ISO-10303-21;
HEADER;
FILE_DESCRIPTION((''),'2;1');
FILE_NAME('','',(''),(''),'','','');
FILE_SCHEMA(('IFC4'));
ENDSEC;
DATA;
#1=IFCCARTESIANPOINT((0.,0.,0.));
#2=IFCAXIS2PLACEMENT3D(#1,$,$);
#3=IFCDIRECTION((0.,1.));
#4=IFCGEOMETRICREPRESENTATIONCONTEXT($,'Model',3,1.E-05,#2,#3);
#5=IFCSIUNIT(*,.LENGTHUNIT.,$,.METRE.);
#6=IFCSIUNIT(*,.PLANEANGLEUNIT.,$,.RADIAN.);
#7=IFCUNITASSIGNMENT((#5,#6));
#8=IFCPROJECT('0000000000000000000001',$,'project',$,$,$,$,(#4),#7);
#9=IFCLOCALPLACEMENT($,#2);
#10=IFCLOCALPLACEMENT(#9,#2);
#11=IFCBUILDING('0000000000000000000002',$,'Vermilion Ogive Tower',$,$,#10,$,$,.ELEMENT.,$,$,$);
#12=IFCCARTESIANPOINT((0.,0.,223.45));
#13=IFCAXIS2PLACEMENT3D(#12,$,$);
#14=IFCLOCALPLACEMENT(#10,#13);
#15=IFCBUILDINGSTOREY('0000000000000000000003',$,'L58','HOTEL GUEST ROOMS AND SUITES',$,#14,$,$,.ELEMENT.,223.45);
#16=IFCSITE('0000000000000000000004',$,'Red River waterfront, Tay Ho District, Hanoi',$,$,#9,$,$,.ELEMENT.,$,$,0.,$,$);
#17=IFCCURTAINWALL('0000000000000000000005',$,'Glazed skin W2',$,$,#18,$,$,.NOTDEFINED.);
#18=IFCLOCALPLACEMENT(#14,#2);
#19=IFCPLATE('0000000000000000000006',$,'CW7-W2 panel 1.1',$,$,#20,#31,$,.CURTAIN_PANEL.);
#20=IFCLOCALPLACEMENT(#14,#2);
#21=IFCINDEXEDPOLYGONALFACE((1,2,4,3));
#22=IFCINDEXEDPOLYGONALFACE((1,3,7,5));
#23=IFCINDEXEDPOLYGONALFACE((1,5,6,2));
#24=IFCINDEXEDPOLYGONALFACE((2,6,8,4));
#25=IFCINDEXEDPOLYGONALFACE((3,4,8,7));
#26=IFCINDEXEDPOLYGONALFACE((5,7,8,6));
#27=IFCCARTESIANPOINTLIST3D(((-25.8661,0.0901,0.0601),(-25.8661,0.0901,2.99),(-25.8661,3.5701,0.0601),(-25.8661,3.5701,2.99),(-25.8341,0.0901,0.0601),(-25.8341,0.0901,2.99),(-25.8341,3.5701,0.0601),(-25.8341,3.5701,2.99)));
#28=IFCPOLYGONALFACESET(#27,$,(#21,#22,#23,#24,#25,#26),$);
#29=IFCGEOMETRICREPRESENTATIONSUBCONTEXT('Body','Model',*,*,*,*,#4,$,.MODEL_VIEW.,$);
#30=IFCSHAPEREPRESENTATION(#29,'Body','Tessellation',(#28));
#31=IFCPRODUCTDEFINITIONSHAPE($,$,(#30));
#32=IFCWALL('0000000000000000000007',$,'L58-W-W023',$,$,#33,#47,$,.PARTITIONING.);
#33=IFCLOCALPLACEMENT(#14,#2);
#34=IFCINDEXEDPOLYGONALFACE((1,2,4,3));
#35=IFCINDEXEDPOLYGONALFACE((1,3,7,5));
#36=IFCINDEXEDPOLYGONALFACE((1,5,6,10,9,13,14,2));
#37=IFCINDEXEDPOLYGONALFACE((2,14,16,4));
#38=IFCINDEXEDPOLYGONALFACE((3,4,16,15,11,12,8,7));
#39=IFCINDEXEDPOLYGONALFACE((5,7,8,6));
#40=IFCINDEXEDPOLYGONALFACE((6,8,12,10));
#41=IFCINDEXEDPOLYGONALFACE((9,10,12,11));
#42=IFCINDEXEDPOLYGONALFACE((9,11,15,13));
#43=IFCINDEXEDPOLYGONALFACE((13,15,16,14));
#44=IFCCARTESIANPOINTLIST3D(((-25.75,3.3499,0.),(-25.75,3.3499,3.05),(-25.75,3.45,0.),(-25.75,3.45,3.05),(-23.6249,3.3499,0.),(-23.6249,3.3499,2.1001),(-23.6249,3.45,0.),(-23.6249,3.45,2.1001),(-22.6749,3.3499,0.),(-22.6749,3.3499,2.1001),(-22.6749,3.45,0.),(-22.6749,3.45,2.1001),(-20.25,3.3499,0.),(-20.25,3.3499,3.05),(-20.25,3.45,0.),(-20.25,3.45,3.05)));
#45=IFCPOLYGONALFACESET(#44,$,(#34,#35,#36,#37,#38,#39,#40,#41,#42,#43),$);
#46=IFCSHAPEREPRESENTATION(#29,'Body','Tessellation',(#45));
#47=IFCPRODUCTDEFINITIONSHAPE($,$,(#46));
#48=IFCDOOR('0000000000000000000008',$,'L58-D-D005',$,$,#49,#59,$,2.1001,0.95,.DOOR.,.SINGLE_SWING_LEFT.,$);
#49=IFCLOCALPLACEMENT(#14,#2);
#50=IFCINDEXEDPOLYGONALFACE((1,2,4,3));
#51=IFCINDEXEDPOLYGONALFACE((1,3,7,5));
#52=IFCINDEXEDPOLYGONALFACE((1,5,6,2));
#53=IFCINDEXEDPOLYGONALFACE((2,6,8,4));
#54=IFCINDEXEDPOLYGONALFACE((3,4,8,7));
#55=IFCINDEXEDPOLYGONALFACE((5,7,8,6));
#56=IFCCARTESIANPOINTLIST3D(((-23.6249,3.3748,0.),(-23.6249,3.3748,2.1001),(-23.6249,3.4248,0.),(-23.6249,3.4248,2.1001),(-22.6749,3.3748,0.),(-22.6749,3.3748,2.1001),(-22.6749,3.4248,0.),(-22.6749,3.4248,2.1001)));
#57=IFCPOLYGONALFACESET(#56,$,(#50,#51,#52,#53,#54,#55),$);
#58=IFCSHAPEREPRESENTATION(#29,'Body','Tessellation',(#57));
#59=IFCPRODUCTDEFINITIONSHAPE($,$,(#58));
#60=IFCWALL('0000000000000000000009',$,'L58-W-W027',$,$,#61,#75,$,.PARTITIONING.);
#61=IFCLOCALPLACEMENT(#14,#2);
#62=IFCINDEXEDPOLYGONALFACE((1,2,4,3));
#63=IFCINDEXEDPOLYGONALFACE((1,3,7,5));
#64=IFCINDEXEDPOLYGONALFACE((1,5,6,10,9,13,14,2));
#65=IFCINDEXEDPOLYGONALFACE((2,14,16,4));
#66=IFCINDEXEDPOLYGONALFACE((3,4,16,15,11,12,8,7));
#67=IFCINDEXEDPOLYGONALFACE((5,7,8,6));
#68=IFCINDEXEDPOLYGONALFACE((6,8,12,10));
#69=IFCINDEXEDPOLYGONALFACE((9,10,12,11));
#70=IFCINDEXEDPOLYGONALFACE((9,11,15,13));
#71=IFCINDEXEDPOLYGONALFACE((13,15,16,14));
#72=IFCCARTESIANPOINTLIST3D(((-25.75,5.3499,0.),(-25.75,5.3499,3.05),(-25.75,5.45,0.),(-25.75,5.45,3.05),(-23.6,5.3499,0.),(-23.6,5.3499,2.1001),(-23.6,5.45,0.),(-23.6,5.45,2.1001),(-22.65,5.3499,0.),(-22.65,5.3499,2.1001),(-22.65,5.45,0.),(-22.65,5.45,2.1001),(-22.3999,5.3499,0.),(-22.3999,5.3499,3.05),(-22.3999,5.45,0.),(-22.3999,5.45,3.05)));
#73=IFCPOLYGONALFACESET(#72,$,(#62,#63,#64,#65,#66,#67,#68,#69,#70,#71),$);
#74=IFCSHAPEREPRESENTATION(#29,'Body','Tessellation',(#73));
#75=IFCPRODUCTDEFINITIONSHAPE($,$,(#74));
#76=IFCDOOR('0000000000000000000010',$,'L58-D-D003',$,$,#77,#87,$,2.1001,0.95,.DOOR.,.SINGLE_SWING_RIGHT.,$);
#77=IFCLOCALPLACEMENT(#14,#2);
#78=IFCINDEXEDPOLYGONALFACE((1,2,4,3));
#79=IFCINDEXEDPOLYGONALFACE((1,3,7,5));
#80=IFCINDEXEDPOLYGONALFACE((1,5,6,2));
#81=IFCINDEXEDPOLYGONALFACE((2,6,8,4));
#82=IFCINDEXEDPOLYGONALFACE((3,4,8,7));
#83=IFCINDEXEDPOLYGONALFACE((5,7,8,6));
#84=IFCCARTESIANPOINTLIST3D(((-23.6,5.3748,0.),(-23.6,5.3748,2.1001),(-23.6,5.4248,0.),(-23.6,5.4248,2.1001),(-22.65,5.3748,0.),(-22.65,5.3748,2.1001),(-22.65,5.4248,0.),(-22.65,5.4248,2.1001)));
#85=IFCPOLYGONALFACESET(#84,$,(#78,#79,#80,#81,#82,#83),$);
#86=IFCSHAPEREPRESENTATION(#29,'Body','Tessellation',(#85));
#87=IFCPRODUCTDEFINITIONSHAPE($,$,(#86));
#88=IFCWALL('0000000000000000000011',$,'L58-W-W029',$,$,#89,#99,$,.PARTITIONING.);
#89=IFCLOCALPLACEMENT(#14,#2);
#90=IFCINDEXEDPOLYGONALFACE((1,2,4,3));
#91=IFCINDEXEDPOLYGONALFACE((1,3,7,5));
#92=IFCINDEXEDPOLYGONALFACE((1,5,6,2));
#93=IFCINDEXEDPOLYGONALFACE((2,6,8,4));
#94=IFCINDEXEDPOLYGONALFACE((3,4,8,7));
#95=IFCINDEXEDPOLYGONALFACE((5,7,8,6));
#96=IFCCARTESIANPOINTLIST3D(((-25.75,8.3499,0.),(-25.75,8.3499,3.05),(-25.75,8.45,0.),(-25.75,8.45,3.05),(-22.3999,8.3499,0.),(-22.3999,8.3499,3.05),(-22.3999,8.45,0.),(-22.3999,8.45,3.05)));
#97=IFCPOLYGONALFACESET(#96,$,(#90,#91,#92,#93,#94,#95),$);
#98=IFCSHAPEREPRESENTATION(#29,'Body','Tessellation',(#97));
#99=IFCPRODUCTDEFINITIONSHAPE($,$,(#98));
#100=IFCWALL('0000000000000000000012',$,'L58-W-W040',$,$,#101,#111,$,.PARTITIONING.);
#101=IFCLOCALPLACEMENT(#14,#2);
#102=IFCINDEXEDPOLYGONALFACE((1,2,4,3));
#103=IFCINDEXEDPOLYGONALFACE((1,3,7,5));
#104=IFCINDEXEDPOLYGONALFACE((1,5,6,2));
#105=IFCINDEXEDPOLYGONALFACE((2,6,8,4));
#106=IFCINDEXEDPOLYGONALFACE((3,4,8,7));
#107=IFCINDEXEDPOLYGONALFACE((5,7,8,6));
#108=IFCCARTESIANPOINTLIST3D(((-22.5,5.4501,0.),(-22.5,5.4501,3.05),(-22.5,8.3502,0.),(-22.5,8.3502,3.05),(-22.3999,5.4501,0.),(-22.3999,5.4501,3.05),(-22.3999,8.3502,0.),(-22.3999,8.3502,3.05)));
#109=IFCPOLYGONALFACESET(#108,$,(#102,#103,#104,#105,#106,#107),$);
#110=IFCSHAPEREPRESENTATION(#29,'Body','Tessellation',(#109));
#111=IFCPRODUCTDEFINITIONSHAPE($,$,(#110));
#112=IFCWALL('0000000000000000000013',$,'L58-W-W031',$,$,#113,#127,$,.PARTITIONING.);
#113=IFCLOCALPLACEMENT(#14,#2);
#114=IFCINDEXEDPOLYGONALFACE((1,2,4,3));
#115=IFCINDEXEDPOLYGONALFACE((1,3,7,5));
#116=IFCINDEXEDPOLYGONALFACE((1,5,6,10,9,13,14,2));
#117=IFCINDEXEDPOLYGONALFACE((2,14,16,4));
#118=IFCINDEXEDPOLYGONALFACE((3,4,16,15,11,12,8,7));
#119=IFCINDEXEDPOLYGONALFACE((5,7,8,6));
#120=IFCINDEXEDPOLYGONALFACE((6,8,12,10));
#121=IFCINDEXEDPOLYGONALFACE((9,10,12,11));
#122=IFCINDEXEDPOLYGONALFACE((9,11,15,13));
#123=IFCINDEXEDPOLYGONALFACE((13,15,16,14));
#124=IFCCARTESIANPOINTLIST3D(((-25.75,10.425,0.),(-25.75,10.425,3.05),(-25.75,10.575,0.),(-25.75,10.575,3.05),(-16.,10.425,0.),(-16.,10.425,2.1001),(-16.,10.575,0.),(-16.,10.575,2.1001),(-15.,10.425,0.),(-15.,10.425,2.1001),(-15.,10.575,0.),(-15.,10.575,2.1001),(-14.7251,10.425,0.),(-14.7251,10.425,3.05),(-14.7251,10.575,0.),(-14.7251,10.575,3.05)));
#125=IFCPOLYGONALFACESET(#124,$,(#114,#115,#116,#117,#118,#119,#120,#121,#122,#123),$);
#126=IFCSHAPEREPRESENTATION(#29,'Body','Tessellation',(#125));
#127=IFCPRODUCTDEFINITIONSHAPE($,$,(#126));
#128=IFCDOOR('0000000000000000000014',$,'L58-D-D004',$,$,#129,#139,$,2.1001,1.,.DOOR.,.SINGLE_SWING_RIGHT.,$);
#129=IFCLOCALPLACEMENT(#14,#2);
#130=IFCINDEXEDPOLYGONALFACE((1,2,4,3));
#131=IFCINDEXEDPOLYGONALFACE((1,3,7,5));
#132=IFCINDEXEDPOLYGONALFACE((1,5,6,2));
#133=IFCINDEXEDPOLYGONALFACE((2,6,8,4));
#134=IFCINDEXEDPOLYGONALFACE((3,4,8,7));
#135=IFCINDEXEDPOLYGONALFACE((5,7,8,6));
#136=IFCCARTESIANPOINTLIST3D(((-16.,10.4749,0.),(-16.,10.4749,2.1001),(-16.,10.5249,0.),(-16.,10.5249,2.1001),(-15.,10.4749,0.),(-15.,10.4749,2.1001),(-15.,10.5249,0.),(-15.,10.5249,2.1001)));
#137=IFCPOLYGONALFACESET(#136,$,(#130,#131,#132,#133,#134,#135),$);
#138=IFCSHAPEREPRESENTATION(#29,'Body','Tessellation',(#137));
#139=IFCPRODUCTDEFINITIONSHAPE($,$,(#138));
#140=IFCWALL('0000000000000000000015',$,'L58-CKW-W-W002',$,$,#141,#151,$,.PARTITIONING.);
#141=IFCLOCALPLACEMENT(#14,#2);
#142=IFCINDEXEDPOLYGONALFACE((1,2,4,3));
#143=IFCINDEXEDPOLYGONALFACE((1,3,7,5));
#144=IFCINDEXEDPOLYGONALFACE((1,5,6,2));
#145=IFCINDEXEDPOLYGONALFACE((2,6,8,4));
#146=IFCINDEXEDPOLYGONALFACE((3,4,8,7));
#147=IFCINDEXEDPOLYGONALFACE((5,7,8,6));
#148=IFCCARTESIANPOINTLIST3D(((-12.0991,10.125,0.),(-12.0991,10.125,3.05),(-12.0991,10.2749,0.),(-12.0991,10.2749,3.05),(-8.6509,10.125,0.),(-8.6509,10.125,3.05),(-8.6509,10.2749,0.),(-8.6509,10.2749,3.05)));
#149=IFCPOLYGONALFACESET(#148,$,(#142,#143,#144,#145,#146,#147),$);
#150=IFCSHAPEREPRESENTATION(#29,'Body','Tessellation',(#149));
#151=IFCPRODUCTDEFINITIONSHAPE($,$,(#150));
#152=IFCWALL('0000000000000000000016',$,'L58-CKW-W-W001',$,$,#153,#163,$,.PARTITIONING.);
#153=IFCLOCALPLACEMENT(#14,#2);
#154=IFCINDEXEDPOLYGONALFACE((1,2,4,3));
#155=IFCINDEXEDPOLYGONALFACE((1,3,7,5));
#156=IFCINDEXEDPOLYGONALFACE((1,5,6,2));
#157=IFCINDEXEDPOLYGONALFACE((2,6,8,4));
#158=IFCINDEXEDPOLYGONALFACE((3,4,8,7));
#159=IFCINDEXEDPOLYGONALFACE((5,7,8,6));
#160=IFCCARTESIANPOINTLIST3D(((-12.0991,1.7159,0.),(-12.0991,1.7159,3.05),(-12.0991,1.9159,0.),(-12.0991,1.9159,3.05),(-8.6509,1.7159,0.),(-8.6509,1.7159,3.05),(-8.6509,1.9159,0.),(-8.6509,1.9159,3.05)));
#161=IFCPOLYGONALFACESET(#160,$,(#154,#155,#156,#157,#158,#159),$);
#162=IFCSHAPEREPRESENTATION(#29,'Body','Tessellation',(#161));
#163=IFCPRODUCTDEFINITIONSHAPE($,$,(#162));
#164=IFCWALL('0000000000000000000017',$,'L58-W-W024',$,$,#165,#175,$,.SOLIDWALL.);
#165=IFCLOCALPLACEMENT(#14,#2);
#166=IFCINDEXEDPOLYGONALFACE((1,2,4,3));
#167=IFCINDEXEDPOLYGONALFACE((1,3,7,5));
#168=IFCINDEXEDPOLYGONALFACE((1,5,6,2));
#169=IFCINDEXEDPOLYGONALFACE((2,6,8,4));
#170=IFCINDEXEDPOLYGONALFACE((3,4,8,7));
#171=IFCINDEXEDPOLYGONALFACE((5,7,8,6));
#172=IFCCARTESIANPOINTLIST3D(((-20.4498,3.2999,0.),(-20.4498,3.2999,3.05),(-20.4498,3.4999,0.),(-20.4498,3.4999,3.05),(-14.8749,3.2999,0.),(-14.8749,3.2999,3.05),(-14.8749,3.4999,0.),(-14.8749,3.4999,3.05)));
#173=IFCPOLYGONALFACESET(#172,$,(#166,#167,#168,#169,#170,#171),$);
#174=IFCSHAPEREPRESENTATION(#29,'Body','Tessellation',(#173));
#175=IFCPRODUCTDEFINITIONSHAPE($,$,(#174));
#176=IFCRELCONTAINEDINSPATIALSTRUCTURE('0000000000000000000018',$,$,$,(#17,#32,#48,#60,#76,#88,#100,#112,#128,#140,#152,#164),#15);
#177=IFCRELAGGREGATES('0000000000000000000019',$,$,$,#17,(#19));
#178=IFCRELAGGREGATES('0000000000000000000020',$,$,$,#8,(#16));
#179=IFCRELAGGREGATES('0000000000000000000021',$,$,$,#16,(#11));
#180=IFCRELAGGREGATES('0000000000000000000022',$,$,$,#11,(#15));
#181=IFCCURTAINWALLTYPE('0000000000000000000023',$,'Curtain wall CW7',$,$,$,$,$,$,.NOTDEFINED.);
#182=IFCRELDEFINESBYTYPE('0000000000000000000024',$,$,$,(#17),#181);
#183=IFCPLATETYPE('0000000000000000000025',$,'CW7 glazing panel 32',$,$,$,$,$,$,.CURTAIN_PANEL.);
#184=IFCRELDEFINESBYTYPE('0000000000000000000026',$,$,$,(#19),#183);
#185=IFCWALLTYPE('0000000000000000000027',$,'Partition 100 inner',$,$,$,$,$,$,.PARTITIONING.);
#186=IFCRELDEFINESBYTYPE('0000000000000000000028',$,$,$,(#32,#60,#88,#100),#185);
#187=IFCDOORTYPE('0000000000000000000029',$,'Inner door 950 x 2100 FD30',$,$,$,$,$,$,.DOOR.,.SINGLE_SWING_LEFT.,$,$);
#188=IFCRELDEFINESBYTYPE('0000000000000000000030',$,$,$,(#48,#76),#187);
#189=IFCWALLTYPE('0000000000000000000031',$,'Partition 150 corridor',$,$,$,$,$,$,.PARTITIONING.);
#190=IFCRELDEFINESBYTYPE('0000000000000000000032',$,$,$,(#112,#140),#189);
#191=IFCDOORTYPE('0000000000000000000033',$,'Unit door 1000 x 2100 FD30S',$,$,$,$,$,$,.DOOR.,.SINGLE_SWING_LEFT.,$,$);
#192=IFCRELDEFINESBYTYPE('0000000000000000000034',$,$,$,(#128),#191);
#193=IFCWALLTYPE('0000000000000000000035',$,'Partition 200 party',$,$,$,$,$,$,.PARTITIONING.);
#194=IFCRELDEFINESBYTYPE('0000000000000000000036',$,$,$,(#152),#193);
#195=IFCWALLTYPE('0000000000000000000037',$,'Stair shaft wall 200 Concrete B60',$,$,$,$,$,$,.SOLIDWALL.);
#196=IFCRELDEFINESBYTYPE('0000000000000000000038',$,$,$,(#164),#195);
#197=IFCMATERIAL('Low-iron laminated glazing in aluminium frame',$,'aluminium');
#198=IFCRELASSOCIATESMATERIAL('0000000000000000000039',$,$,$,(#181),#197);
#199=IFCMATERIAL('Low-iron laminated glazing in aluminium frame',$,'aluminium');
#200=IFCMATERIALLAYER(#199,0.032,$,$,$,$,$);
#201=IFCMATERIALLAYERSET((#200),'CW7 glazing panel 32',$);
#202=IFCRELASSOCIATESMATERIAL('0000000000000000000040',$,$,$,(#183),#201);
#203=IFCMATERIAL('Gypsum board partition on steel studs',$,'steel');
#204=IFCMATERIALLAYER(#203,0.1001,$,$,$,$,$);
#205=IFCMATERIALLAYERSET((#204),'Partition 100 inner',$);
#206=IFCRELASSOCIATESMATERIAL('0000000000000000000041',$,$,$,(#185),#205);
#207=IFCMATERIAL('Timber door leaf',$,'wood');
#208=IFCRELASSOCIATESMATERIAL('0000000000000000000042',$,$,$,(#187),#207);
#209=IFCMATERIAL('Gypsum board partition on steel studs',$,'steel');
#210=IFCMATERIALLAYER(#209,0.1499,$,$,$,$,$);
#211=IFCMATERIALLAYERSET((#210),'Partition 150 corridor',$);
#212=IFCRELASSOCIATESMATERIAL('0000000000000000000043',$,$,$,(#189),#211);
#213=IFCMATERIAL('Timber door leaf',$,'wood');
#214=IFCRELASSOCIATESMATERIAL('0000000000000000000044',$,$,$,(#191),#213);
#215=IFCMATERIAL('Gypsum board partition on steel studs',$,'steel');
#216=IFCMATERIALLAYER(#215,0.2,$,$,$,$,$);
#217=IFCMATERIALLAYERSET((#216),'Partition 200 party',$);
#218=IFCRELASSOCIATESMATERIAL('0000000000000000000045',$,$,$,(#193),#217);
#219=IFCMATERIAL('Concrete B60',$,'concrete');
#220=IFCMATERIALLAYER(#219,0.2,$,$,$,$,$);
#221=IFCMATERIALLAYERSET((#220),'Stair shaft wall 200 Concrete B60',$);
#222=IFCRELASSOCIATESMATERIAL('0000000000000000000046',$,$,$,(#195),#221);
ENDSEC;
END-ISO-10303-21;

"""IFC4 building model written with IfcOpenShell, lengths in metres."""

from ifc_helpers import new_model, si_unit, direction, frame, frame_2d, origin, origin_2d, place, context, subcontext, project, spatial, rectangle, extrude, material, layer, layer_set, type_object, element, fill, aggregate, save


model = new_model("IFC4")

# Units and contexts
model_context = context("Model", 3, precision=1e-05, world=origin(), true_north=direction((0.0, 1.0)))
body_context = subcontext(model_context, "Body", "Model", "MODEL_VIEW")
ifc_project = project(units=[si_unit("LENGTHUNIT", "METRE"), si_unit("PLANEANGLEUNIT", "RADIAN")], contexts=[model_context])

# Site, building, storey
site_placement = place(None, origin())
site = spatial("IfcSite", under=ifc_project, at=site_placement, Name="Red River waterfront, Tay Ho District, Hanoi", CompositionType="ELEMENT", RefElevation=0.0)
building_placement = place(site_placement, origin())
building = spatial("IfcBuilding", under=site, at=building_placement, Name="Vermilion Ogive Tower", CompositionType="ELEMENT")
storey_placement = place(building_placement, frame((0.0, 0.0, 223.45)))
storey = spatial("IfcBuildingStorey", under=building, at=storey_placement, Name="L58", Description="HOTEL GUEST ROOMS AND SUITES", CompositionType="ELEMENT", Elevation=223.45)

# Shared definitions
ifc_material_1 = material(Name="Low-iron laminated glazing in aluminium frame", Category="aluminium")
curtain_wall_type = type_object("IfcCurtainWallType", Name="Curtain wall CW7", PredefinedType="NOTDEFINED", material=ifc_material_1)

# Curtain wall
curtain_wall_1_placement = place(storey_placement, origin())
curtain_wall_1 = element("IfcCurtainWall", 1, at=curtain_wall_1_placement, inside=storey, type_object=curtain_wall_type, Name="Glazed skin W2", PredefinedType="NOTDEFINED")

# Plate
ifc_material_2 = material(Name="Low-iron laminated glazing in aluminium frame", Category="aluminium")
ifc_layer_1 = layer(ifc_material_2, 0.032)
ifc_layer_set_1 = layer_set([ifc_layer_1], Name="CW7 glazing panel 32")
plate_type = type_object("IfcPlateType", Name="CW7 glazing panel 32", PredefinedType="CURTAIN_PANEL", material=ifc_layer_set_1)
plate_1_placement = place(storey_placement, frame((-25.8501, 1.8301, 0.0601), z_axis=(0.0, 0.0, 1.0), x_axis=(0.0, -1.0, 0.0)))
plate_1 = element("IfcPlate", 2, at=plate_1_placement, type_object=plate_type, Name="CW7-W2 panel 1.1", PredefinedType="CURTAIN_PANEL", context=body_context, shape_type="SweptSolid", body=[
    extrude(rectangle(XDim=3.48, YDim=0.032, at=origin_2d()), origin(), (0.0, 0.0, 1.0), 2.9299),
])
aggregate(curtain_wall_1, [plate_1])

# Walls, openings, doors
ifc_material_3 = material(Name="Gypsum board partition on steel studs", Category="steel")
ifc_layer_2 = layer(ifc_material_3, 0.1001)
ifc_layer_set_2 = layer_set([ifc_layer_2], Name="Partition 100 inner")
wall_type_1 = type_object("IfcWallType", Name="Partition 100 inner", PredefinedType="PARTITIONING", material=ifc_layer_set_2)
wall_1_placement = place(storey_placement, frame((-25.75, 3.3999, 0.0), z_axis=(0.0, 0.0, 1.0), x_axis=(1.0, 0.0, 0.0)))
wall_1 = element("IfcWall", 3, at=wall_1_placement, inside=storey, type_object=wall_type_1, Name="L58-W-W023", PredefinedType="PARTITIONING", context=body_context, shape_type="SweptSolid", body=[
    extrude(rectangle(XDim=5.5, YDim=0.1001, at=frame_2d((2.75, 0.0))), origin(), (0.0, 0.0, 1.0), 3.05),
])
opening_1_placement = place(wall_1_placement, frame((2.125, 0.0, 0.0)))
opening_1 = element("IfcOpeningElement", 4, at=opening_1_placement, cuts=wall_1, PredefinedType="OPENING", context=body_context, shape_type="SweptSolid", body=[
    extrude(rectangle(XDim=0.95, YDim=2.1001, at=frame_2d((0.4751, 1.05))), frame((0.0, 0.0601, 0.0), z_axis=(0.0, -1.0, 0.0), x_axis=(1.0, 0.0, 0.0)), (0.0, 0.0, 1.0), 0.1201),
])
ifc_material_4 = material(Name="Timber door leaf", Category="wood")
door_type_1 = type_object("IfcDoorType", Name="Inner door 950 x 2100 FD30", OperationType="SINGLE_SWING_LEFT", PredefinedType="DOOR", material=ifc_material_4)
door_1_placement = place(opening_1_placement, origin())
door_1 = element("IfcDoor", 5, at=door_1_placement, inside=storey, type_object=door_type_1, Name="L58-D-D005", OperationType="SINGLE_SWING_LEFT", OverallHeight=2.1001, OverallWidth=0.95, PredefinedType="DOOR", context=body_context, shape_type="SweptSolid", body=[
    extrude(rectangle(XDim=0.95, YDim=2.1001, at=frame_2d((0.4751, 1.05))), frame((0.0, 0.0249, 0.0), z_axis=(0.0, -1.0, 0.0), x_axis=(1.0, 0.0, 0.0)), (0.0, 0.0, 1.0), 0.05),
])
fill(opening_1, door_1)
wall_2_placement = place(storey_placement, frame((-25.75, 5.3999, 0.0), z_axis=(0.0, 0.0, 1.0), x_axis=(1.0, 0.0, 0.0)))
wall_2 = element("IfcWall", 6, at=wall_2_placement, inside=storey, type_object=wall_type_1, Name="L58-W-W027", PredefinedType="PARTITIONING", context=body_context, shape_type="SweptSolid", body=[
    extrude(rectangle(XDim=3.3501, YDim=0.1001, at=frame_2d((1.675, 0.0))), origin(), (0.0, 0.0, 1.0), 3.05),
])
opening_2_placement = place(wall_2_placement, frame((2.1499, 0.0, 0.0)))
opening_2 = element("IfcOpeningElement", 7, at=opening_2_placement, cuts=wall_2, PredefinedType="OPENING", context=body_context, shape_type="SweptSolid", body=[
    extrude(rectangle(XDim=0.95, YDim=2.1001, at=frame_2d((0.4751, 1.05))), frame((0.0, 0.0601, 0.0), z_axis=(0.0, -1.0, 0.0), x_axis=(1.0, 0.0, 0.0)), (0.0, 0.0, 1.0), 0.1201),
])
door_2_placement = place(opening_2_placement, origin())
door_2 = element("IfcDoor", 8, at=door_2_placement, inside=storey, type_object=door_type_1, Name="L58-D-D003", OperationType="SINGLE_SWING_RIGHT", OverallHeight=2.1001, OverallWidth=0.95, PredefinedType="DOOR", context=body_context, shape_type="SweptSolid", body=[
    extrude(rectangle(XDim=0.95, YDim=2.1001, at=frame_2d((0.4751, 1.05))), frame((0.0, 0.0249, 0.0), z_axis=(0.0, -1.0, 0.0), x_axis=(1.0, 0.0, 0.0)), (0.0, 0.0, 1.0), 0.05),
])
fill(opening_2, door_2)

# Walls
wall_3_placement = place(storey_placement, frame((-25.75, 8.3999, 0.0), z_axis=(0.0, 0.0, 1.0), x_axis=(1.0, 0.0, 0.0)))
element("IfcWall", 9, at=wall_3_placement, inside=storey, type_object=wall_type_1, Name="L58-W-W029", PredefinedType="PARTITIONING", context=body_context, shape_type="SweptSolid", body=[
    extrude(rectangle(XDim=3.3501, YDim=0.1001, at=frame_2d((1.675, 0.0))), origin(), (0.0, 0.0, 1.0), 3.05),
])
wall_4_placement = place(storey_placement, frame((-22.45, 5.45, 0.0), z_axis=(0.0, 0.0, 1.0), x_axis=(0.0, 1.0, 0.0)))
element("IfcWall", 10, at=wall_4_placement, inside=storey, type_object=wall_type_1, Name="L58-W-W040", PredefinedType="PARTITIONING", context=body_context, shape_type="SweptSolid", body=[
    extrude(rectangle(XDim=2.9001, YDim=0.1001, at=frame_2d((1.4502, 0.0))), origin(), (0.0, 0.0, 1.0), 3.05),
])

# Wall, opening, door
ifc_material_5 = material(Name="Gypsum board partition on steel studs", Category="steel")
ifc_layer_3 = layer(ifc_material_5, 0.1499)
ifc_layer_set_3 = layer_set([ifc_layer_3], Name="Partition 150 corridor")
wall_type_2 = type_object("IfcWallType", Name="Partition 150 corridor", PredefinedType="PARTITIONING", material=ifc_layer_set_3)
wall_5_placement = place(storey_placement, frame((-25.75, 10.5, 0.0), z_axis=(0.0, 0.0, 1.0), x_axis=(1.0, 0.0, 0.0)))
wall_5 = element("IfcWall", 11, at=wall_5_placement, inside=storey, type_object=wall_type_2, Name="L58-W-W031", PredefinedType="PARTITIONING", context=body_context, shape_type="SweptSolid", body=[
    extrude(rectangle(XDim=11.0249, YDim=0.1499, at=frame_2d((5.5125, 0.0))), origin(), (0.0, 0.0, 1.0), 3.05),
])
opening_3_placement = place(wall_5_placement, frame((9.75, 0.0, 0.0)))
opening_3 = element("IfcOpeningElement", 12, at=opening_3_placement, cuts=wall_5, PredefinedType="OPENING", context=body_context, shape_type="SweptSolid", body=[
    extrude(rectangle(XDim=1.0, YDim=2.1001, at=frame_2d((0.5, 1.05))), frame((0.0, 0.085, 0.0), z_axis=(0.0, -1.0, 0.0), x_axis=(1.0, 0.0, 0.0)), (0.0, 0.0, 1.0), 0.1699),
])
ifc_material_6 = material(Name="Timber door leaf", Category="wood")
door_type_2 = type_object("IfcDoorType", Name="Unit door 1000 x 2100 FD30S", OperationType="SINGLE_SWING_LEFT", PredefinedType="DOOR", material=ifc_material_6)
door_3_placement = place(opening_3_placement, origin())
door_3 = element("IfcDoor", 13, at=door_3_placement, inside=storey, type_object=door_type_2, Name="L58-D-D004", OperationType="SINGLE_SWING_RIGHT", OverallHeight=2.1001, OverallWidth=1.0, PredefinedType="DOOR", context=body_context, shape_type="SweptSolid", body=[
    extrude(rectangle(XDim=1.0, YDim=2.1001, at=frame_2d((0.5, 1.05))), frame((0.0, 0.0249, 0.0), z_axis=(0.0, -1.0, 0.0), x_axis=(1.0, 0.0, 0.0)), (0.0, 0.0, 1.0), 0.05),
])
fill(opening_3, door_3)

# Walls
wall_6_placement = place(storey_placement, frame((-12.0991, 10.2, 0.0), z_axis=(0.0, 0.0, 1.0), x_axis=(1.0, 0.0, 0.0)))
element("IfcWall", 14, at=wall_6_placement, inside=storey, type_object=wall_type_2, Name="L58-CKW-W-W002", PredefinedType="PARTITIONING", context=body_context, shape_type="SweptSolid", body=[
    extrude(rectangle(XDim=3.4482, YDim=0.1499, at=frame_2d((1.7241, 0.0))), origin(), (0.0, 0.0, 1.0), 3.05),
])
ifc_material_7 = material(Name="Gypsum board partition on steel studs", Category="steel")
ifc_layer_4 = layer(ifc_material_7, 0.2)
ifc_layer_set_4 = layer_set([ifc_layer_4], Name="Partition 200 party")
wall_type_3 = type_object("IfcWallType", Name="Partition 200 party", PredefinedType="PARTITIONING", material=ifc_layer_set_4)
wall_7_placement = place(storey_placement, frame((-12.0991, 1.8159, 0.0), z_axis=(0.0, 0.0, 1.0), x_axis=(1.0, 0.0, 0.0)))
element("IfcWall", 15, at=wall_7_placement, inside=storey, type_object=wall_type_3, Name="L58-CKW-W-W001", PredefinedType="PARTITIONING", context=body_context, shape_type="SweptSolid", body=[
    extrude(rectangle(XDim=3.4482, YDim=0.2, at=frame_2d((1.7241, 0.0))), origin(), (0.0, 0.0, 1.0), 3.05),
])
ifc_material_8 = material(Name="Concrete B60", Category="concrete")
ifc_layer_5 = layer(ifc_material_8, 0.2)
ifc_layer_set_5 = layer_set([ifc_layer_5], Name="Stair shaft wall 200 Concrete B60")
wall_type_4 = type_object("IfcWallType", Name="Stair shaft wall 200 Concrete B60", PredefinedType="SOLIDWALL", material=ifc_layer_set_5)
wall_8_placement = place(storey_placement, frame((-20.45, 3.3999, 0.0), z_axis=(0.0, 0.0, 1.0), x_axis=(1.0, 0.0, 0.0)))
element("IfcWall", 16, at=wall_8_placement, inside=storey, type_object=wall_type_4, Name="L58-W-W024", PredefinedType="SOLIDWALL", context=body_context, shape_type="SweptSolid", body=[
    extrude(rectangle(XDim=5.575, YDim=0.2, at=frame_2d((2.7876, 0.0))), origin(), (0.0, 0.0, 1.0), 3.05),
])

save(model, "model.ifc")
